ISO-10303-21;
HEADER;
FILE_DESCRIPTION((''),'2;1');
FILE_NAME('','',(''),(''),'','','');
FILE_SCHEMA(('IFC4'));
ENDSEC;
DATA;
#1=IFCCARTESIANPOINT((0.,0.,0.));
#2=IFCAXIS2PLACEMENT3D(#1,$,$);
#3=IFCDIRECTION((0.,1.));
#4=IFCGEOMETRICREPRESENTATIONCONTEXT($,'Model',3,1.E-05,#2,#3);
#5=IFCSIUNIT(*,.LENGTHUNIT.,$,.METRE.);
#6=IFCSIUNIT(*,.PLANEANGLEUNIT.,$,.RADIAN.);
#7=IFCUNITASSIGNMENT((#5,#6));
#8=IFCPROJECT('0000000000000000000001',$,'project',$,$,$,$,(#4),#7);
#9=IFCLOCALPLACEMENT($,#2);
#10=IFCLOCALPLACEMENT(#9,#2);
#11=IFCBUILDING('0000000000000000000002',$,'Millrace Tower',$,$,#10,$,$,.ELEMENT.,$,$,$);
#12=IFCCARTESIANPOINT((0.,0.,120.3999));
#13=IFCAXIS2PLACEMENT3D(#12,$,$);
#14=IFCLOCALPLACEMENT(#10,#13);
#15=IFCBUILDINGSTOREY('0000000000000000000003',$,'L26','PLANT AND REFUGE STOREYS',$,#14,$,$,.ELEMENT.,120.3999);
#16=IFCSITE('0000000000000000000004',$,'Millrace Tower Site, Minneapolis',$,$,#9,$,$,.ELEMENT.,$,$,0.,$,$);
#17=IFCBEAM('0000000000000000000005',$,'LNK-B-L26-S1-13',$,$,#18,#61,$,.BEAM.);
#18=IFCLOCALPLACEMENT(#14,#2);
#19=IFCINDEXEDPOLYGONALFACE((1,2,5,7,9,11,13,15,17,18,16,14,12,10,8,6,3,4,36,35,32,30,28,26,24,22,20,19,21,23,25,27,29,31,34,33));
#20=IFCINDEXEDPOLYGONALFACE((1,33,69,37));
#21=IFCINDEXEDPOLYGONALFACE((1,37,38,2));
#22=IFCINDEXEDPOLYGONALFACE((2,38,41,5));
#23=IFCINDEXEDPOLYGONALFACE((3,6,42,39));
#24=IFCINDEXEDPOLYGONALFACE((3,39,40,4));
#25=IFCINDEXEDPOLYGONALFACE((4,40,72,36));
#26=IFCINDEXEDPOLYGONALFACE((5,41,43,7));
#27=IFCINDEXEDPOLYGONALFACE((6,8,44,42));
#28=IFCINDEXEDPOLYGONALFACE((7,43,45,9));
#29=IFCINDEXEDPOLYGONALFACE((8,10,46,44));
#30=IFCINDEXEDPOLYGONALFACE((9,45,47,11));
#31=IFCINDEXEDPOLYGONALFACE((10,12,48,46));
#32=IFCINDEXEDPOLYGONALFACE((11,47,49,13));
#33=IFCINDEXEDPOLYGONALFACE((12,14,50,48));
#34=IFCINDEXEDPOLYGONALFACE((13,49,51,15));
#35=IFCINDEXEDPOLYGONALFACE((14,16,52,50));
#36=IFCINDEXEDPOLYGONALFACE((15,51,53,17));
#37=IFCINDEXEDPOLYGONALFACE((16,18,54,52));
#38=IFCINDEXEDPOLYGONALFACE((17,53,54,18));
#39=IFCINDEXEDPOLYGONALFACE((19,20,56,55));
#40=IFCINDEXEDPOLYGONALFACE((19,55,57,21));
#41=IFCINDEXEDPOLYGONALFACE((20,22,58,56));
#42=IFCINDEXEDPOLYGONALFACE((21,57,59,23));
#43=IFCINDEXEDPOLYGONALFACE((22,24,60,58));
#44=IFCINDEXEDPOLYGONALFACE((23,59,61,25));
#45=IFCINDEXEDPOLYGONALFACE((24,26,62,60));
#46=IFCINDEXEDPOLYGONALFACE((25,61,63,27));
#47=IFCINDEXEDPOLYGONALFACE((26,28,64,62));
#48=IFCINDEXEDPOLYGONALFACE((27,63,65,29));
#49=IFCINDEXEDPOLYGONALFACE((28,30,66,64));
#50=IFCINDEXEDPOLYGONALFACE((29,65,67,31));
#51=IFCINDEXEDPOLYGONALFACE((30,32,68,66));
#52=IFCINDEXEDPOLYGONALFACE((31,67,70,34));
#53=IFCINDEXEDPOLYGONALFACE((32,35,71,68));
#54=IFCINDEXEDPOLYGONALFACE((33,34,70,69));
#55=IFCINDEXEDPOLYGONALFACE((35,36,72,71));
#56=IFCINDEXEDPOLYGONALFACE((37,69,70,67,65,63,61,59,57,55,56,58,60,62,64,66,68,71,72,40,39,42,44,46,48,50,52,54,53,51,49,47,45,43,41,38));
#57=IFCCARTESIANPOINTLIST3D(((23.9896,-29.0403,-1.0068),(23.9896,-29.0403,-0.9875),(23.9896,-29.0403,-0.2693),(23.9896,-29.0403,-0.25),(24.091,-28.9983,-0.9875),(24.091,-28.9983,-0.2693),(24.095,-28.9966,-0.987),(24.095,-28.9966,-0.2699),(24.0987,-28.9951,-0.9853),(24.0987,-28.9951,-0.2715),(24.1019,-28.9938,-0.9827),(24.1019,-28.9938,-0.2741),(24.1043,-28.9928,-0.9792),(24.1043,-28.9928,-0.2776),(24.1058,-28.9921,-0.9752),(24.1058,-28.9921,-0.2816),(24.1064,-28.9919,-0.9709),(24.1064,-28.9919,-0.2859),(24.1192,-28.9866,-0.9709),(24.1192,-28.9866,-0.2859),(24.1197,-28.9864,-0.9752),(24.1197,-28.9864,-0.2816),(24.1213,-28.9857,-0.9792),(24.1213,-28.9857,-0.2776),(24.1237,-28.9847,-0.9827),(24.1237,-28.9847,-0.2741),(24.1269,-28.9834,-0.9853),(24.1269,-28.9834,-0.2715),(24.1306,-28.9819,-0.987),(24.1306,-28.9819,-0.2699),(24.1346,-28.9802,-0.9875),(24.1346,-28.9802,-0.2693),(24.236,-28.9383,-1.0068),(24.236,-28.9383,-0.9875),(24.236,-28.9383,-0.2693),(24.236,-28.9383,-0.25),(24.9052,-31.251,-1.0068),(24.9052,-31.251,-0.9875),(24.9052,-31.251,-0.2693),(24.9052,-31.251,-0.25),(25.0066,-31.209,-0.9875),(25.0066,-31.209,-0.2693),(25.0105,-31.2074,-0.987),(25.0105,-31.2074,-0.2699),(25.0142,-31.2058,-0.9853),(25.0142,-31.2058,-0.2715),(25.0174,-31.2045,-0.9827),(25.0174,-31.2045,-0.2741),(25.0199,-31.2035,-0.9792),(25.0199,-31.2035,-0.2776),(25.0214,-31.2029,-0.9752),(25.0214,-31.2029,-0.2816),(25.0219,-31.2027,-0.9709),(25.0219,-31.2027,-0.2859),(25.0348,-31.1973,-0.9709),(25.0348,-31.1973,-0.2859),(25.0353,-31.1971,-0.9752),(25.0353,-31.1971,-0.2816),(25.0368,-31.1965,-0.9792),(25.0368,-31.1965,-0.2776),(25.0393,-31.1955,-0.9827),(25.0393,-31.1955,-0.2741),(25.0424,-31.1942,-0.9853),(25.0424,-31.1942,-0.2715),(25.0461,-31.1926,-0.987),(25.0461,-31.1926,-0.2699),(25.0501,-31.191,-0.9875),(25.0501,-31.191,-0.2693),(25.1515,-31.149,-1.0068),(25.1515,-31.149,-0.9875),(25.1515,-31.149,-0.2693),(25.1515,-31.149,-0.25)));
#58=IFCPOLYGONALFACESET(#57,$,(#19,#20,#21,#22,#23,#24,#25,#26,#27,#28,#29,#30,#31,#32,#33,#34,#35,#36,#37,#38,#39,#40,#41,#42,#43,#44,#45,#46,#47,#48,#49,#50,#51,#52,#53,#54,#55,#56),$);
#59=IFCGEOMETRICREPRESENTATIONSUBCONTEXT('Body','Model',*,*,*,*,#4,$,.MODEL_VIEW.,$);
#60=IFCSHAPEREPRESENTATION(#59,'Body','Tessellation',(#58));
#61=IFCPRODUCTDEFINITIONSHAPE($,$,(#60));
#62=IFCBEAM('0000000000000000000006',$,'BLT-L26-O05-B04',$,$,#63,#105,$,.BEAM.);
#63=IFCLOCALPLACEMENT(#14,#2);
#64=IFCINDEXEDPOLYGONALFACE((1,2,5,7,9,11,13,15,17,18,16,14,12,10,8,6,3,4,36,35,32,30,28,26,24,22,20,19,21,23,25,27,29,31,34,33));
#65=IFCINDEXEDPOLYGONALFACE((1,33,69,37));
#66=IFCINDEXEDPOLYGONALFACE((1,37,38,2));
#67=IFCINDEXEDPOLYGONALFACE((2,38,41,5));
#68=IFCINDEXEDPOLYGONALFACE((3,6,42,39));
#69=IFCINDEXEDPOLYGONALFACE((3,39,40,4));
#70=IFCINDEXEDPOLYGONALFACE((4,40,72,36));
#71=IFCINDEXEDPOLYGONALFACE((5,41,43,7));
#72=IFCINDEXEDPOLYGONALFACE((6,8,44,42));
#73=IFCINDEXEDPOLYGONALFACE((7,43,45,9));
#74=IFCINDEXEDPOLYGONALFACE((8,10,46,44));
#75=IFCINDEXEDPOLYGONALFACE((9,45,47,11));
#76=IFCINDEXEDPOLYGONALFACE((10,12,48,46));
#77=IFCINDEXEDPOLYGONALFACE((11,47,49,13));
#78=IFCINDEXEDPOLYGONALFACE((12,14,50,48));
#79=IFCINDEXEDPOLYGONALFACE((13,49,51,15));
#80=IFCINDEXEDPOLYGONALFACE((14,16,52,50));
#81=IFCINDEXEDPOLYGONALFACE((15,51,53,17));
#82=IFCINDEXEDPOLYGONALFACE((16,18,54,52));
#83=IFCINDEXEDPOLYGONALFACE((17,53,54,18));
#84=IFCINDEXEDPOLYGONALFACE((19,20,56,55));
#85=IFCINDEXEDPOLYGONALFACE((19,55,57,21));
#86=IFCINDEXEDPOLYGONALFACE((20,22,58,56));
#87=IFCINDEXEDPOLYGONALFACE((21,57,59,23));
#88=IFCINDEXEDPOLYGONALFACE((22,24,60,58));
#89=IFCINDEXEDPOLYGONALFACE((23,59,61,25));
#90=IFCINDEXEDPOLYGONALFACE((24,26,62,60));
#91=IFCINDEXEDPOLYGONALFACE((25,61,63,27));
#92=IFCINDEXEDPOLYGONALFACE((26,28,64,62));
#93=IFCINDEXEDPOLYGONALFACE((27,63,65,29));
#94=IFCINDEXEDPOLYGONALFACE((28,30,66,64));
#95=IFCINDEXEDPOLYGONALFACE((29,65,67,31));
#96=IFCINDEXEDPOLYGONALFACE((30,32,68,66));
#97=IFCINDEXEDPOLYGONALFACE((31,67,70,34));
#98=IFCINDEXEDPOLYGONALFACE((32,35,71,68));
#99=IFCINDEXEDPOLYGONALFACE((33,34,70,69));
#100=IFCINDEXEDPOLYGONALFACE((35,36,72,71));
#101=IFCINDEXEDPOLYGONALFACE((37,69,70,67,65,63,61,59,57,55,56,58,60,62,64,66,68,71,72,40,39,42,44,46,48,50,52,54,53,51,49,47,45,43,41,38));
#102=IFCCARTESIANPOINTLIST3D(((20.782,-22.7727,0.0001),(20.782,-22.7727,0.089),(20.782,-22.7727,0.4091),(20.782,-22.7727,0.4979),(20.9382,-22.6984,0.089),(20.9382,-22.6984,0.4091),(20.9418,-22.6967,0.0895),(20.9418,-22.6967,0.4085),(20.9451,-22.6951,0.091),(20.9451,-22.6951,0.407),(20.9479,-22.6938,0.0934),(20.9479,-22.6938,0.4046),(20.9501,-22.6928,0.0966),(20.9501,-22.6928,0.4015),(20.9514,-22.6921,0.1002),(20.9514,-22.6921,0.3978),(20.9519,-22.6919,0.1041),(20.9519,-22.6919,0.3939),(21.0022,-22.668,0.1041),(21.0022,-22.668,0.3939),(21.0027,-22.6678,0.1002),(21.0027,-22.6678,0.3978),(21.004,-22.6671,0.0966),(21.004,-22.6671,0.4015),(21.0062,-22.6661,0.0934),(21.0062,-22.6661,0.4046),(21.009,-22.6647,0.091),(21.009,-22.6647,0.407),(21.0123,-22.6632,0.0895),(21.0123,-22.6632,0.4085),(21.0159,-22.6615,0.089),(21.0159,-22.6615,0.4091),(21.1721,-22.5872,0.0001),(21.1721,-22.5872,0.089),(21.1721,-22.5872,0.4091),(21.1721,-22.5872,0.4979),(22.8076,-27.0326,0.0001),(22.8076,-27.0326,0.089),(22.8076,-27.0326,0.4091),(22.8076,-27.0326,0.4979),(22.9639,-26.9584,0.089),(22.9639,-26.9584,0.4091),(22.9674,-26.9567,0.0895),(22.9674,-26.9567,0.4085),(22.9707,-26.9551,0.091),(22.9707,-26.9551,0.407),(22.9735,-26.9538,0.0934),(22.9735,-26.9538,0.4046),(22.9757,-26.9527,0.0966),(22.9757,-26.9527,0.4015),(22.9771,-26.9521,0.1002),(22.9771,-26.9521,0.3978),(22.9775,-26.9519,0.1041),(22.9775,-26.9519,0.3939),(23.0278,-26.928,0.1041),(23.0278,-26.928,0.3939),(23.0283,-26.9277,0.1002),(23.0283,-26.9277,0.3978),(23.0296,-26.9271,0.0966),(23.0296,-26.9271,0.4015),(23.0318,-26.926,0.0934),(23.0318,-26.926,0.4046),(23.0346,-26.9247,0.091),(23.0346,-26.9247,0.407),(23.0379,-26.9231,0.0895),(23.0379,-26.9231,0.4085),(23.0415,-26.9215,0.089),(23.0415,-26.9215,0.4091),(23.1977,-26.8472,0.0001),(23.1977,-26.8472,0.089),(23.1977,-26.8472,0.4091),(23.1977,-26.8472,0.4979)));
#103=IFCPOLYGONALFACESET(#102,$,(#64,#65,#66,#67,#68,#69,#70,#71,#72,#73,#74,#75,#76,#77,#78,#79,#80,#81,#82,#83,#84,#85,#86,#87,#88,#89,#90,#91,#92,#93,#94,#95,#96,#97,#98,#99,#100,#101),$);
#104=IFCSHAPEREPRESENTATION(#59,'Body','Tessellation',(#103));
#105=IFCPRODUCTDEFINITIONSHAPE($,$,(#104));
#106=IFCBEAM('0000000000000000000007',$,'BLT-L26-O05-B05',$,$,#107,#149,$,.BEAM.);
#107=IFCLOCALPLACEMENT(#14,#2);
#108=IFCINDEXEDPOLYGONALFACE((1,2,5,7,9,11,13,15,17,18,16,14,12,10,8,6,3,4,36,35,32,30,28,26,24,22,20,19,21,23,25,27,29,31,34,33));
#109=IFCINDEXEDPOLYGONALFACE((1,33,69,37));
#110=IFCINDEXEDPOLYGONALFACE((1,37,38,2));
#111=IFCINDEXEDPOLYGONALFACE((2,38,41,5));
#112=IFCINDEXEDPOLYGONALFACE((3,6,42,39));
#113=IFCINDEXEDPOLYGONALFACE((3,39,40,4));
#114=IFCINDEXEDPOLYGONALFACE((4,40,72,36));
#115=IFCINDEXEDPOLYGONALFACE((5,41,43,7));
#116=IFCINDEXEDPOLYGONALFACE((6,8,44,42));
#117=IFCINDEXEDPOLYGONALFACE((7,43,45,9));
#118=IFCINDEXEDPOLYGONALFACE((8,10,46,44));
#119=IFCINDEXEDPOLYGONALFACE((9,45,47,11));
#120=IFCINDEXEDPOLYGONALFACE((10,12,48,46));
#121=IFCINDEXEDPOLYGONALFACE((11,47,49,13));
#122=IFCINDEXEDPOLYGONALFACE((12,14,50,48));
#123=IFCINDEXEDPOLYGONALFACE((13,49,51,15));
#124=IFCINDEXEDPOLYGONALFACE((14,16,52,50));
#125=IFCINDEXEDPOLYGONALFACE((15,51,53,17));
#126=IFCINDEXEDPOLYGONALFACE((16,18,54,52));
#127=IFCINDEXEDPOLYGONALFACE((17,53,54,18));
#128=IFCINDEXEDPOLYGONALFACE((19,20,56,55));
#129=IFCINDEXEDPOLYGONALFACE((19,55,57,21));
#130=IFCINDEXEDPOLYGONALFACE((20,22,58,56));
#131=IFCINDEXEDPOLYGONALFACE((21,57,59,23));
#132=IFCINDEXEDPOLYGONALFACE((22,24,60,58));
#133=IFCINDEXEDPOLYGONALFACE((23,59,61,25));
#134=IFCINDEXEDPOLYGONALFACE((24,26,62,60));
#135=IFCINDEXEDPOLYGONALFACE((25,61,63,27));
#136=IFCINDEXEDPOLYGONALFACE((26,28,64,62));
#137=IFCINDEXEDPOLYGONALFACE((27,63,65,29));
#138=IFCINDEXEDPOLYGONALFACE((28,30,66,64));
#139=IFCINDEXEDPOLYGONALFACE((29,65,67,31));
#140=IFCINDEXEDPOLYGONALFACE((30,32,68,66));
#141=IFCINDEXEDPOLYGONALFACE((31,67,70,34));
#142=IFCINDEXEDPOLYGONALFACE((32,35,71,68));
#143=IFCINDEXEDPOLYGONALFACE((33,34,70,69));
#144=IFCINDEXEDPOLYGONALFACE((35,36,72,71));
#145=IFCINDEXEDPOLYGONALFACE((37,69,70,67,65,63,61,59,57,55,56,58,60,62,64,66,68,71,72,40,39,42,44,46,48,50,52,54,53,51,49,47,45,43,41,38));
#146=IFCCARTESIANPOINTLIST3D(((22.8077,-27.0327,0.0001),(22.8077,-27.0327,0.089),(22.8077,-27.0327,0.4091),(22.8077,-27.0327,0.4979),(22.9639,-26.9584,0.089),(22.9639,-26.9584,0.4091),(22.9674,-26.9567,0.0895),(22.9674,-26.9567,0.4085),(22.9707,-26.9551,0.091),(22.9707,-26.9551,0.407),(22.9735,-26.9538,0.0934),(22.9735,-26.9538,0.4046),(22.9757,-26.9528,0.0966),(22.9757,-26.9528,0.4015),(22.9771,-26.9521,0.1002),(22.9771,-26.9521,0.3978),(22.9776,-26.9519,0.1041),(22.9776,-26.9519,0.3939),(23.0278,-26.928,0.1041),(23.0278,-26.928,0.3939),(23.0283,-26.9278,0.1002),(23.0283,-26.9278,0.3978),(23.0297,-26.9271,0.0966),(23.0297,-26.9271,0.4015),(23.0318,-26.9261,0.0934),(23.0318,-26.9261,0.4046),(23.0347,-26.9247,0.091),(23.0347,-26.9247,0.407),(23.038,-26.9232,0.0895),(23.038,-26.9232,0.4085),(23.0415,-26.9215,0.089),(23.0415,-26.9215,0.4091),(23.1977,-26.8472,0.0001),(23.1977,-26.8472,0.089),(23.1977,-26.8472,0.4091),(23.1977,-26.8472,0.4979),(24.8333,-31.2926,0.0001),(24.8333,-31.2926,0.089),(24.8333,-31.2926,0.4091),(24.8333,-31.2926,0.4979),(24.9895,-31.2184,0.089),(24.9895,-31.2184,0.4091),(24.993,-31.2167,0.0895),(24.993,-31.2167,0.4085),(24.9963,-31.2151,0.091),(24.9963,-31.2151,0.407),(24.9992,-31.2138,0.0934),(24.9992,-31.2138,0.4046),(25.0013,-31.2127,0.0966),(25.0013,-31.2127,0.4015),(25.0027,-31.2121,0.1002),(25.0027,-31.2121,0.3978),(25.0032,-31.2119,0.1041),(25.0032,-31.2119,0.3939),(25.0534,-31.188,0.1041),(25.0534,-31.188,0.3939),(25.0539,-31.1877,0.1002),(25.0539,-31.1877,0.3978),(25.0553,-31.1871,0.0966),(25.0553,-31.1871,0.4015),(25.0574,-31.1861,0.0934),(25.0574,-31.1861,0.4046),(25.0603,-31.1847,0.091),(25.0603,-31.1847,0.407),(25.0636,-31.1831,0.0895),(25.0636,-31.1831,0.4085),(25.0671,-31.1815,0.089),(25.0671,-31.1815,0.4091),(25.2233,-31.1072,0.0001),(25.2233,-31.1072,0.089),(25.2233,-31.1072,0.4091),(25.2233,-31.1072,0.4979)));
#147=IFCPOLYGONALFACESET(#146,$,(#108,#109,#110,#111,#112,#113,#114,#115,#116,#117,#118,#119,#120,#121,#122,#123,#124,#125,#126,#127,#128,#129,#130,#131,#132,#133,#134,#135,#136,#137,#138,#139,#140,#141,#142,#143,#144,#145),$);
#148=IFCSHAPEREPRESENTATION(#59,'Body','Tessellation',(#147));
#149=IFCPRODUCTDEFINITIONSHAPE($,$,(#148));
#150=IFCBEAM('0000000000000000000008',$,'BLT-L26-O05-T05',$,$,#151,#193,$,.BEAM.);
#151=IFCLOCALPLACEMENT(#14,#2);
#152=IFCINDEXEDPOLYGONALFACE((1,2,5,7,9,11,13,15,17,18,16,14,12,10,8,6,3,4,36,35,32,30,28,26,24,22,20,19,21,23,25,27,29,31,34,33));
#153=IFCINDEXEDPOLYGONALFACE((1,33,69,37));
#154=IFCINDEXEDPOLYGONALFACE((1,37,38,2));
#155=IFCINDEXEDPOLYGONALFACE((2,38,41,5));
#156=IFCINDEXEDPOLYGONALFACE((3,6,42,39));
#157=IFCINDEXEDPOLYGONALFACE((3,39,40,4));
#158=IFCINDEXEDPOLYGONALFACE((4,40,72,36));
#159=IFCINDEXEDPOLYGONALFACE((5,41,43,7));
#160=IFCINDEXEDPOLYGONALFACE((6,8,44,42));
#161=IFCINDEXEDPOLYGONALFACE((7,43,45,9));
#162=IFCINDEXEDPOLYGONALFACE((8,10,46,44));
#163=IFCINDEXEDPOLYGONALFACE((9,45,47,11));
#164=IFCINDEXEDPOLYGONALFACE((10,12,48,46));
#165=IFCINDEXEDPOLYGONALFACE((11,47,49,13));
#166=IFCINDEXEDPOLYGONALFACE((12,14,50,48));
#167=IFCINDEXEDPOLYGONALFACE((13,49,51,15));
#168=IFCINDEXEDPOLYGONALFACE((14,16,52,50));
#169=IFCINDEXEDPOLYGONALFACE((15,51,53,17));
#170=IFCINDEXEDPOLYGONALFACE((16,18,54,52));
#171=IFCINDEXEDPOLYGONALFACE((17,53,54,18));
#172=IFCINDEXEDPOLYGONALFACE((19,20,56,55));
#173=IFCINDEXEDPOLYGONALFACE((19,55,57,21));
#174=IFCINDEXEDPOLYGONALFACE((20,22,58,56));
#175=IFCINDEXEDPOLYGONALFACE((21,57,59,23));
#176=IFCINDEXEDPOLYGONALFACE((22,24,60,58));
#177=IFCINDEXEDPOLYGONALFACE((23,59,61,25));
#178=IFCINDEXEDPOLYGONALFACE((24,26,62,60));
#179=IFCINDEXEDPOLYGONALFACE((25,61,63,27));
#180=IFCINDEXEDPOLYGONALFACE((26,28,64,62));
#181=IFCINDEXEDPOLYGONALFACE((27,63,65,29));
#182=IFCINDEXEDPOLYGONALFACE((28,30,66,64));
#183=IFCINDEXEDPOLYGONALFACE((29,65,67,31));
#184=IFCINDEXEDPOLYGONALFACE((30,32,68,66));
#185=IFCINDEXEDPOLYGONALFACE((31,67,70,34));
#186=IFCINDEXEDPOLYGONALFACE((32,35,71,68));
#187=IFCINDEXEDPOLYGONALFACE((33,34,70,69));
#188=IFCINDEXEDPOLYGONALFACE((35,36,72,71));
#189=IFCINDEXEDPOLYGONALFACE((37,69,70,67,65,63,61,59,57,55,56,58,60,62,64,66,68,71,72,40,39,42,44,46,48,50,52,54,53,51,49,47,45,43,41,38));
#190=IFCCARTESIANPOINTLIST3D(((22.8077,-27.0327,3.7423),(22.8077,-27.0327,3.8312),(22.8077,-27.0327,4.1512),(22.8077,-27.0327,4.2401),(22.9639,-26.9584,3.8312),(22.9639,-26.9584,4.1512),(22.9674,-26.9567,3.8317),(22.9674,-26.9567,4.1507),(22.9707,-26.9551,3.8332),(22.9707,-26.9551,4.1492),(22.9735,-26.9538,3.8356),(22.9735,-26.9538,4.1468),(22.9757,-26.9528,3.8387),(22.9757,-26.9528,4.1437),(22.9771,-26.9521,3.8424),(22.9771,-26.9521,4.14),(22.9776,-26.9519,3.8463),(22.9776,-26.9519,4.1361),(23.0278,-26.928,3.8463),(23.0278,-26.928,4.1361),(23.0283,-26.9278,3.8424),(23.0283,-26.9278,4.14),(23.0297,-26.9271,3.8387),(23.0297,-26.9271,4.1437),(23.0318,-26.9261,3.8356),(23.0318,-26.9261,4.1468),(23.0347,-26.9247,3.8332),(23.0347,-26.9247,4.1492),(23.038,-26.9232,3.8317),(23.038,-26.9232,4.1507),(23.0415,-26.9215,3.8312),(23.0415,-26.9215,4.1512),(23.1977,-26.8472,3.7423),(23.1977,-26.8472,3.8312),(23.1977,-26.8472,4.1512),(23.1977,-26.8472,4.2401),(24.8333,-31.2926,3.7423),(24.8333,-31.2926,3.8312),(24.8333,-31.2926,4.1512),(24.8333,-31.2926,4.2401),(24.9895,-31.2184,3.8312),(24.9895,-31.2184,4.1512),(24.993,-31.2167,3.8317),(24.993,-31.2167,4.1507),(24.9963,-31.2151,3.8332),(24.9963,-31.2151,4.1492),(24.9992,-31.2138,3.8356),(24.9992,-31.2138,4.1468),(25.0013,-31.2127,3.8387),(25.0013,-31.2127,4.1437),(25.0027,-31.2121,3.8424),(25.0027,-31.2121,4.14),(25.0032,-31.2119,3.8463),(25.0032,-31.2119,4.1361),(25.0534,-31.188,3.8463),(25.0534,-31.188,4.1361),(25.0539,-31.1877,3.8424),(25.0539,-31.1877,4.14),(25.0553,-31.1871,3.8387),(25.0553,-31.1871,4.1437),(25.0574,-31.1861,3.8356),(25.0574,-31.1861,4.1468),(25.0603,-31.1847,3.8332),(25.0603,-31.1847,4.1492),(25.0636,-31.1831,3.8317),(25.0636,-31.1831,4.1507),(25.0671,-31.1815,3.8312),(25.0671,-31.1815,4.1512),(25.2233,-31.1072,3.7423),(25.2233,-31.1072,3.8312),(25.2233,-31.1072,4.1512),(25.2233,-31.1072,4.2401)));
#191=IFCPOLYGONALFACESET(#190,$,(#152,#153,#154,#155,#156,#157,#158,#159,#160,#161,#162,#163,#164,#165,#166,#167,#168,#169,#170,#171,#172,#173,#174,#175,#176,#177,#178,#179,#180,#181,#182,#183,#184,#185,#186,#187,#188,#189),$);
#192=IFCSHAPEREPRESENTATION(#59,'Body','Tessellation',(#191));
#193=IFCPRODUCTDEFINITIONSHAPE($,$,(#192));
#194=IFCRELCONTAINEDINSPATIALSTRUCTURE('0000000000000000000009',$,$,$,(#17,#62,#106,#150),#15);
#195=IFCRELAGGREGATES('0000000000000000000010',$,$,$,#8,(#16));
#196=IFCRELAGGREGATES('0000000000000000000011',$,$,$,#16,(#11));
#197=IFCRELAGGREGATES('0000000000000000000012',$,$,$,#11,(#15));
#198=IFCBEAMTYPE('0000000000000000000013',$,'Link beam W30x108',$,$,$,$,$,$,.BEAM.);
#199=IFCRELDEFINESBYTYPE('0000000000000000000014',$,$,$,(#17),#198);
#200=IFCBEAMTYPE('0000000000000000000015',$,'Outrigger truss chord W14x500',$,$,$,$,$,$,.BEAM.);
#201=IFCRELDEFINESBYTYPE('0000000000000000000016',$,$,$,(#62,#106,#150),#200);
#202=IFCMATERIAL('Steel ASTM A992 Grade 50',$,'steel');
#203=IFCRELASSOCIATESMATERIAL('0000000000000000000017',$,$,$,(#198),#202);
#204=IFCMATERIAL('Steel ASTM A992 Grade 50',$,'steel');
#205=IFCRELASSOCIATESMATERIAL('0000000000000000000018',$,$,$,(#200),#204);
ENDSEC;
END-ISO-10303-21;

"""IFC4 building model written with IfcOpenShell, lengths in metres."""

from ifc_helpers import new_model, si_unit, direction, frame, origin, origin_2d, place, context, subcontext, project, spatial, i_section, extrude, material, material_profile, profile_set, type_object, element, save


model = new_model("IFC4")

# Units and contexts
model_context = context("Model", 3, precision=1e-05, world=origin(), true_north=direction((0.0, 1.0)))
body_context = subcontext(model_context, "Body", "Model", "MODEL_VIEW")
ifc_project = project(units=[si_unit("LENGTHUNIT", "METRE"), si_unit("PLANEANGLEUNIT", "RADIAN")], contexts=[model_context])

# Site, building, storey
site_placement = place(None, origin())
site = spatial("IfcSite", under=ifc_project, at=site_placement, Name="Millrace Tower Site, Minneapolis", CompositionType="ELEMENT", RefElevation=0.0)
building_placement = place(site_placement, origin())
building = spatial("IfcBuilding", under=site, at=building_placement, Name="Millrace Tower", CompositionType="ELEMENT")
storey_placement = place(building_placement, frame((0.0, 0.0, 120.3999)))
storey = spatial("IfcBuildingStorey", under=building, at=storey_placement, Name="L26", Description="PLANT AND REFUGE STOREYS", CompositionType="ELEMENT", Elevation=120.3999)

# Beams
ifc_material_1 = material(Name="Steel ASTM A992 Grade 50", Category="steel")
ifc_material_profile_1 = material_profile(ifc_material_1, i_section(OverallWidth=0.2666, OverallDepth=0.7568, WebThickness=0.0139, FlangeThickness=0.0193, FilletRadius=0.0166, at=origin_2d()))
ifc_profile_set_1 = profile_set([ifc_material_profile_1], Name="Steel ASTM A992 Grade 50")
beam_type_1 = type_object("IfcBeamType", Name="Link beam W30x108", PredefinedType="BEAM", material=ifc_profile_set_1)
beam_1_placement = place(storey_placement, frame((24.1128, -28.9893, -0.6284), z_axis=(0.382622, -0.923905, 0.0), x_axis=(0.923905, 0.382622, 0.0)))
element("IfcBeam", 1, at=beam_1_placement, inside=storey, type_object=beam_type_1, Name="LNK-B-L26-S1-13", PredefinedType="BEAM", context=body_context, shape_type="SweptSolid", body=[
    extrude(i_section(OverallWidth=0.2666, OverallDepth=0.7568, WebThickness=0.0139, FlangeThickness=0.0193, FilletRadius=0.0166, at=origin_2d()), origin(), (0.0, 0.0, 1.0), 2.3928),
])
ifc_material_2 = material(Name="Steel ASTM A992 Grade 50", Category="steel")
ifc_material_profile_2 = material_profile(ifc_material_2, i_section(OverallWidth=0.4319, OverallDepth=0.4978, WebThickness=0.0557, FlangeThickness=0.0889, FilletRadius=0.0151, at=origin_2d()))
ifc_profile_set_2 = profile_set([ifc_material_profile_2], Name="Steel ASTM A992 Grade 50")
beam_type_2 = type_object("IfcBeamType", Name="Outrigger truss chord W14x500", PredefinedType="BEAM", material=ifc_profile_set_2)
for number, where, z_axis, x_axis, name in (
    (2, (20.9771, -22.6799, 0.249), (0.429425, -0.903102, 0.0), (0.903102, 0.429425, 0.0), "BLT-L26-O05-B04"),
    (3, (23.0027, -26.9399, 0.249), (0.429425, -0.903102, 0.0), (0.903102, 0.429425, 0.0), "BLT-L26-O05-B05"),
    (4, (23.0027, -26.9399, 3.9912), (0.429425, -0.903102, 0.0), (0.903102, 0.429425, 0.0), "BLT-L26-O05-T05"),
):
    element("IfcBeam", number, at=place(storey_placement, frame(where, z_axis=z_axis, x_axis=x_axis)), inside=storey, type_object=beam_type_2, Name=name, PredefinedType="BEAM", context=body_context, shape_type="SweptSolid", body=[
        extrude(i_section(OverallWidth=0.4319, OverallDepth=0.4978, WebThickness=0.0557, FlangeThickness=0.0889, FilletRadius=0.0151, at=origin_2d()), origin(), (0.0, 0.0, 1.0), 4.717),
    ])

save(model, "model.ifc")
